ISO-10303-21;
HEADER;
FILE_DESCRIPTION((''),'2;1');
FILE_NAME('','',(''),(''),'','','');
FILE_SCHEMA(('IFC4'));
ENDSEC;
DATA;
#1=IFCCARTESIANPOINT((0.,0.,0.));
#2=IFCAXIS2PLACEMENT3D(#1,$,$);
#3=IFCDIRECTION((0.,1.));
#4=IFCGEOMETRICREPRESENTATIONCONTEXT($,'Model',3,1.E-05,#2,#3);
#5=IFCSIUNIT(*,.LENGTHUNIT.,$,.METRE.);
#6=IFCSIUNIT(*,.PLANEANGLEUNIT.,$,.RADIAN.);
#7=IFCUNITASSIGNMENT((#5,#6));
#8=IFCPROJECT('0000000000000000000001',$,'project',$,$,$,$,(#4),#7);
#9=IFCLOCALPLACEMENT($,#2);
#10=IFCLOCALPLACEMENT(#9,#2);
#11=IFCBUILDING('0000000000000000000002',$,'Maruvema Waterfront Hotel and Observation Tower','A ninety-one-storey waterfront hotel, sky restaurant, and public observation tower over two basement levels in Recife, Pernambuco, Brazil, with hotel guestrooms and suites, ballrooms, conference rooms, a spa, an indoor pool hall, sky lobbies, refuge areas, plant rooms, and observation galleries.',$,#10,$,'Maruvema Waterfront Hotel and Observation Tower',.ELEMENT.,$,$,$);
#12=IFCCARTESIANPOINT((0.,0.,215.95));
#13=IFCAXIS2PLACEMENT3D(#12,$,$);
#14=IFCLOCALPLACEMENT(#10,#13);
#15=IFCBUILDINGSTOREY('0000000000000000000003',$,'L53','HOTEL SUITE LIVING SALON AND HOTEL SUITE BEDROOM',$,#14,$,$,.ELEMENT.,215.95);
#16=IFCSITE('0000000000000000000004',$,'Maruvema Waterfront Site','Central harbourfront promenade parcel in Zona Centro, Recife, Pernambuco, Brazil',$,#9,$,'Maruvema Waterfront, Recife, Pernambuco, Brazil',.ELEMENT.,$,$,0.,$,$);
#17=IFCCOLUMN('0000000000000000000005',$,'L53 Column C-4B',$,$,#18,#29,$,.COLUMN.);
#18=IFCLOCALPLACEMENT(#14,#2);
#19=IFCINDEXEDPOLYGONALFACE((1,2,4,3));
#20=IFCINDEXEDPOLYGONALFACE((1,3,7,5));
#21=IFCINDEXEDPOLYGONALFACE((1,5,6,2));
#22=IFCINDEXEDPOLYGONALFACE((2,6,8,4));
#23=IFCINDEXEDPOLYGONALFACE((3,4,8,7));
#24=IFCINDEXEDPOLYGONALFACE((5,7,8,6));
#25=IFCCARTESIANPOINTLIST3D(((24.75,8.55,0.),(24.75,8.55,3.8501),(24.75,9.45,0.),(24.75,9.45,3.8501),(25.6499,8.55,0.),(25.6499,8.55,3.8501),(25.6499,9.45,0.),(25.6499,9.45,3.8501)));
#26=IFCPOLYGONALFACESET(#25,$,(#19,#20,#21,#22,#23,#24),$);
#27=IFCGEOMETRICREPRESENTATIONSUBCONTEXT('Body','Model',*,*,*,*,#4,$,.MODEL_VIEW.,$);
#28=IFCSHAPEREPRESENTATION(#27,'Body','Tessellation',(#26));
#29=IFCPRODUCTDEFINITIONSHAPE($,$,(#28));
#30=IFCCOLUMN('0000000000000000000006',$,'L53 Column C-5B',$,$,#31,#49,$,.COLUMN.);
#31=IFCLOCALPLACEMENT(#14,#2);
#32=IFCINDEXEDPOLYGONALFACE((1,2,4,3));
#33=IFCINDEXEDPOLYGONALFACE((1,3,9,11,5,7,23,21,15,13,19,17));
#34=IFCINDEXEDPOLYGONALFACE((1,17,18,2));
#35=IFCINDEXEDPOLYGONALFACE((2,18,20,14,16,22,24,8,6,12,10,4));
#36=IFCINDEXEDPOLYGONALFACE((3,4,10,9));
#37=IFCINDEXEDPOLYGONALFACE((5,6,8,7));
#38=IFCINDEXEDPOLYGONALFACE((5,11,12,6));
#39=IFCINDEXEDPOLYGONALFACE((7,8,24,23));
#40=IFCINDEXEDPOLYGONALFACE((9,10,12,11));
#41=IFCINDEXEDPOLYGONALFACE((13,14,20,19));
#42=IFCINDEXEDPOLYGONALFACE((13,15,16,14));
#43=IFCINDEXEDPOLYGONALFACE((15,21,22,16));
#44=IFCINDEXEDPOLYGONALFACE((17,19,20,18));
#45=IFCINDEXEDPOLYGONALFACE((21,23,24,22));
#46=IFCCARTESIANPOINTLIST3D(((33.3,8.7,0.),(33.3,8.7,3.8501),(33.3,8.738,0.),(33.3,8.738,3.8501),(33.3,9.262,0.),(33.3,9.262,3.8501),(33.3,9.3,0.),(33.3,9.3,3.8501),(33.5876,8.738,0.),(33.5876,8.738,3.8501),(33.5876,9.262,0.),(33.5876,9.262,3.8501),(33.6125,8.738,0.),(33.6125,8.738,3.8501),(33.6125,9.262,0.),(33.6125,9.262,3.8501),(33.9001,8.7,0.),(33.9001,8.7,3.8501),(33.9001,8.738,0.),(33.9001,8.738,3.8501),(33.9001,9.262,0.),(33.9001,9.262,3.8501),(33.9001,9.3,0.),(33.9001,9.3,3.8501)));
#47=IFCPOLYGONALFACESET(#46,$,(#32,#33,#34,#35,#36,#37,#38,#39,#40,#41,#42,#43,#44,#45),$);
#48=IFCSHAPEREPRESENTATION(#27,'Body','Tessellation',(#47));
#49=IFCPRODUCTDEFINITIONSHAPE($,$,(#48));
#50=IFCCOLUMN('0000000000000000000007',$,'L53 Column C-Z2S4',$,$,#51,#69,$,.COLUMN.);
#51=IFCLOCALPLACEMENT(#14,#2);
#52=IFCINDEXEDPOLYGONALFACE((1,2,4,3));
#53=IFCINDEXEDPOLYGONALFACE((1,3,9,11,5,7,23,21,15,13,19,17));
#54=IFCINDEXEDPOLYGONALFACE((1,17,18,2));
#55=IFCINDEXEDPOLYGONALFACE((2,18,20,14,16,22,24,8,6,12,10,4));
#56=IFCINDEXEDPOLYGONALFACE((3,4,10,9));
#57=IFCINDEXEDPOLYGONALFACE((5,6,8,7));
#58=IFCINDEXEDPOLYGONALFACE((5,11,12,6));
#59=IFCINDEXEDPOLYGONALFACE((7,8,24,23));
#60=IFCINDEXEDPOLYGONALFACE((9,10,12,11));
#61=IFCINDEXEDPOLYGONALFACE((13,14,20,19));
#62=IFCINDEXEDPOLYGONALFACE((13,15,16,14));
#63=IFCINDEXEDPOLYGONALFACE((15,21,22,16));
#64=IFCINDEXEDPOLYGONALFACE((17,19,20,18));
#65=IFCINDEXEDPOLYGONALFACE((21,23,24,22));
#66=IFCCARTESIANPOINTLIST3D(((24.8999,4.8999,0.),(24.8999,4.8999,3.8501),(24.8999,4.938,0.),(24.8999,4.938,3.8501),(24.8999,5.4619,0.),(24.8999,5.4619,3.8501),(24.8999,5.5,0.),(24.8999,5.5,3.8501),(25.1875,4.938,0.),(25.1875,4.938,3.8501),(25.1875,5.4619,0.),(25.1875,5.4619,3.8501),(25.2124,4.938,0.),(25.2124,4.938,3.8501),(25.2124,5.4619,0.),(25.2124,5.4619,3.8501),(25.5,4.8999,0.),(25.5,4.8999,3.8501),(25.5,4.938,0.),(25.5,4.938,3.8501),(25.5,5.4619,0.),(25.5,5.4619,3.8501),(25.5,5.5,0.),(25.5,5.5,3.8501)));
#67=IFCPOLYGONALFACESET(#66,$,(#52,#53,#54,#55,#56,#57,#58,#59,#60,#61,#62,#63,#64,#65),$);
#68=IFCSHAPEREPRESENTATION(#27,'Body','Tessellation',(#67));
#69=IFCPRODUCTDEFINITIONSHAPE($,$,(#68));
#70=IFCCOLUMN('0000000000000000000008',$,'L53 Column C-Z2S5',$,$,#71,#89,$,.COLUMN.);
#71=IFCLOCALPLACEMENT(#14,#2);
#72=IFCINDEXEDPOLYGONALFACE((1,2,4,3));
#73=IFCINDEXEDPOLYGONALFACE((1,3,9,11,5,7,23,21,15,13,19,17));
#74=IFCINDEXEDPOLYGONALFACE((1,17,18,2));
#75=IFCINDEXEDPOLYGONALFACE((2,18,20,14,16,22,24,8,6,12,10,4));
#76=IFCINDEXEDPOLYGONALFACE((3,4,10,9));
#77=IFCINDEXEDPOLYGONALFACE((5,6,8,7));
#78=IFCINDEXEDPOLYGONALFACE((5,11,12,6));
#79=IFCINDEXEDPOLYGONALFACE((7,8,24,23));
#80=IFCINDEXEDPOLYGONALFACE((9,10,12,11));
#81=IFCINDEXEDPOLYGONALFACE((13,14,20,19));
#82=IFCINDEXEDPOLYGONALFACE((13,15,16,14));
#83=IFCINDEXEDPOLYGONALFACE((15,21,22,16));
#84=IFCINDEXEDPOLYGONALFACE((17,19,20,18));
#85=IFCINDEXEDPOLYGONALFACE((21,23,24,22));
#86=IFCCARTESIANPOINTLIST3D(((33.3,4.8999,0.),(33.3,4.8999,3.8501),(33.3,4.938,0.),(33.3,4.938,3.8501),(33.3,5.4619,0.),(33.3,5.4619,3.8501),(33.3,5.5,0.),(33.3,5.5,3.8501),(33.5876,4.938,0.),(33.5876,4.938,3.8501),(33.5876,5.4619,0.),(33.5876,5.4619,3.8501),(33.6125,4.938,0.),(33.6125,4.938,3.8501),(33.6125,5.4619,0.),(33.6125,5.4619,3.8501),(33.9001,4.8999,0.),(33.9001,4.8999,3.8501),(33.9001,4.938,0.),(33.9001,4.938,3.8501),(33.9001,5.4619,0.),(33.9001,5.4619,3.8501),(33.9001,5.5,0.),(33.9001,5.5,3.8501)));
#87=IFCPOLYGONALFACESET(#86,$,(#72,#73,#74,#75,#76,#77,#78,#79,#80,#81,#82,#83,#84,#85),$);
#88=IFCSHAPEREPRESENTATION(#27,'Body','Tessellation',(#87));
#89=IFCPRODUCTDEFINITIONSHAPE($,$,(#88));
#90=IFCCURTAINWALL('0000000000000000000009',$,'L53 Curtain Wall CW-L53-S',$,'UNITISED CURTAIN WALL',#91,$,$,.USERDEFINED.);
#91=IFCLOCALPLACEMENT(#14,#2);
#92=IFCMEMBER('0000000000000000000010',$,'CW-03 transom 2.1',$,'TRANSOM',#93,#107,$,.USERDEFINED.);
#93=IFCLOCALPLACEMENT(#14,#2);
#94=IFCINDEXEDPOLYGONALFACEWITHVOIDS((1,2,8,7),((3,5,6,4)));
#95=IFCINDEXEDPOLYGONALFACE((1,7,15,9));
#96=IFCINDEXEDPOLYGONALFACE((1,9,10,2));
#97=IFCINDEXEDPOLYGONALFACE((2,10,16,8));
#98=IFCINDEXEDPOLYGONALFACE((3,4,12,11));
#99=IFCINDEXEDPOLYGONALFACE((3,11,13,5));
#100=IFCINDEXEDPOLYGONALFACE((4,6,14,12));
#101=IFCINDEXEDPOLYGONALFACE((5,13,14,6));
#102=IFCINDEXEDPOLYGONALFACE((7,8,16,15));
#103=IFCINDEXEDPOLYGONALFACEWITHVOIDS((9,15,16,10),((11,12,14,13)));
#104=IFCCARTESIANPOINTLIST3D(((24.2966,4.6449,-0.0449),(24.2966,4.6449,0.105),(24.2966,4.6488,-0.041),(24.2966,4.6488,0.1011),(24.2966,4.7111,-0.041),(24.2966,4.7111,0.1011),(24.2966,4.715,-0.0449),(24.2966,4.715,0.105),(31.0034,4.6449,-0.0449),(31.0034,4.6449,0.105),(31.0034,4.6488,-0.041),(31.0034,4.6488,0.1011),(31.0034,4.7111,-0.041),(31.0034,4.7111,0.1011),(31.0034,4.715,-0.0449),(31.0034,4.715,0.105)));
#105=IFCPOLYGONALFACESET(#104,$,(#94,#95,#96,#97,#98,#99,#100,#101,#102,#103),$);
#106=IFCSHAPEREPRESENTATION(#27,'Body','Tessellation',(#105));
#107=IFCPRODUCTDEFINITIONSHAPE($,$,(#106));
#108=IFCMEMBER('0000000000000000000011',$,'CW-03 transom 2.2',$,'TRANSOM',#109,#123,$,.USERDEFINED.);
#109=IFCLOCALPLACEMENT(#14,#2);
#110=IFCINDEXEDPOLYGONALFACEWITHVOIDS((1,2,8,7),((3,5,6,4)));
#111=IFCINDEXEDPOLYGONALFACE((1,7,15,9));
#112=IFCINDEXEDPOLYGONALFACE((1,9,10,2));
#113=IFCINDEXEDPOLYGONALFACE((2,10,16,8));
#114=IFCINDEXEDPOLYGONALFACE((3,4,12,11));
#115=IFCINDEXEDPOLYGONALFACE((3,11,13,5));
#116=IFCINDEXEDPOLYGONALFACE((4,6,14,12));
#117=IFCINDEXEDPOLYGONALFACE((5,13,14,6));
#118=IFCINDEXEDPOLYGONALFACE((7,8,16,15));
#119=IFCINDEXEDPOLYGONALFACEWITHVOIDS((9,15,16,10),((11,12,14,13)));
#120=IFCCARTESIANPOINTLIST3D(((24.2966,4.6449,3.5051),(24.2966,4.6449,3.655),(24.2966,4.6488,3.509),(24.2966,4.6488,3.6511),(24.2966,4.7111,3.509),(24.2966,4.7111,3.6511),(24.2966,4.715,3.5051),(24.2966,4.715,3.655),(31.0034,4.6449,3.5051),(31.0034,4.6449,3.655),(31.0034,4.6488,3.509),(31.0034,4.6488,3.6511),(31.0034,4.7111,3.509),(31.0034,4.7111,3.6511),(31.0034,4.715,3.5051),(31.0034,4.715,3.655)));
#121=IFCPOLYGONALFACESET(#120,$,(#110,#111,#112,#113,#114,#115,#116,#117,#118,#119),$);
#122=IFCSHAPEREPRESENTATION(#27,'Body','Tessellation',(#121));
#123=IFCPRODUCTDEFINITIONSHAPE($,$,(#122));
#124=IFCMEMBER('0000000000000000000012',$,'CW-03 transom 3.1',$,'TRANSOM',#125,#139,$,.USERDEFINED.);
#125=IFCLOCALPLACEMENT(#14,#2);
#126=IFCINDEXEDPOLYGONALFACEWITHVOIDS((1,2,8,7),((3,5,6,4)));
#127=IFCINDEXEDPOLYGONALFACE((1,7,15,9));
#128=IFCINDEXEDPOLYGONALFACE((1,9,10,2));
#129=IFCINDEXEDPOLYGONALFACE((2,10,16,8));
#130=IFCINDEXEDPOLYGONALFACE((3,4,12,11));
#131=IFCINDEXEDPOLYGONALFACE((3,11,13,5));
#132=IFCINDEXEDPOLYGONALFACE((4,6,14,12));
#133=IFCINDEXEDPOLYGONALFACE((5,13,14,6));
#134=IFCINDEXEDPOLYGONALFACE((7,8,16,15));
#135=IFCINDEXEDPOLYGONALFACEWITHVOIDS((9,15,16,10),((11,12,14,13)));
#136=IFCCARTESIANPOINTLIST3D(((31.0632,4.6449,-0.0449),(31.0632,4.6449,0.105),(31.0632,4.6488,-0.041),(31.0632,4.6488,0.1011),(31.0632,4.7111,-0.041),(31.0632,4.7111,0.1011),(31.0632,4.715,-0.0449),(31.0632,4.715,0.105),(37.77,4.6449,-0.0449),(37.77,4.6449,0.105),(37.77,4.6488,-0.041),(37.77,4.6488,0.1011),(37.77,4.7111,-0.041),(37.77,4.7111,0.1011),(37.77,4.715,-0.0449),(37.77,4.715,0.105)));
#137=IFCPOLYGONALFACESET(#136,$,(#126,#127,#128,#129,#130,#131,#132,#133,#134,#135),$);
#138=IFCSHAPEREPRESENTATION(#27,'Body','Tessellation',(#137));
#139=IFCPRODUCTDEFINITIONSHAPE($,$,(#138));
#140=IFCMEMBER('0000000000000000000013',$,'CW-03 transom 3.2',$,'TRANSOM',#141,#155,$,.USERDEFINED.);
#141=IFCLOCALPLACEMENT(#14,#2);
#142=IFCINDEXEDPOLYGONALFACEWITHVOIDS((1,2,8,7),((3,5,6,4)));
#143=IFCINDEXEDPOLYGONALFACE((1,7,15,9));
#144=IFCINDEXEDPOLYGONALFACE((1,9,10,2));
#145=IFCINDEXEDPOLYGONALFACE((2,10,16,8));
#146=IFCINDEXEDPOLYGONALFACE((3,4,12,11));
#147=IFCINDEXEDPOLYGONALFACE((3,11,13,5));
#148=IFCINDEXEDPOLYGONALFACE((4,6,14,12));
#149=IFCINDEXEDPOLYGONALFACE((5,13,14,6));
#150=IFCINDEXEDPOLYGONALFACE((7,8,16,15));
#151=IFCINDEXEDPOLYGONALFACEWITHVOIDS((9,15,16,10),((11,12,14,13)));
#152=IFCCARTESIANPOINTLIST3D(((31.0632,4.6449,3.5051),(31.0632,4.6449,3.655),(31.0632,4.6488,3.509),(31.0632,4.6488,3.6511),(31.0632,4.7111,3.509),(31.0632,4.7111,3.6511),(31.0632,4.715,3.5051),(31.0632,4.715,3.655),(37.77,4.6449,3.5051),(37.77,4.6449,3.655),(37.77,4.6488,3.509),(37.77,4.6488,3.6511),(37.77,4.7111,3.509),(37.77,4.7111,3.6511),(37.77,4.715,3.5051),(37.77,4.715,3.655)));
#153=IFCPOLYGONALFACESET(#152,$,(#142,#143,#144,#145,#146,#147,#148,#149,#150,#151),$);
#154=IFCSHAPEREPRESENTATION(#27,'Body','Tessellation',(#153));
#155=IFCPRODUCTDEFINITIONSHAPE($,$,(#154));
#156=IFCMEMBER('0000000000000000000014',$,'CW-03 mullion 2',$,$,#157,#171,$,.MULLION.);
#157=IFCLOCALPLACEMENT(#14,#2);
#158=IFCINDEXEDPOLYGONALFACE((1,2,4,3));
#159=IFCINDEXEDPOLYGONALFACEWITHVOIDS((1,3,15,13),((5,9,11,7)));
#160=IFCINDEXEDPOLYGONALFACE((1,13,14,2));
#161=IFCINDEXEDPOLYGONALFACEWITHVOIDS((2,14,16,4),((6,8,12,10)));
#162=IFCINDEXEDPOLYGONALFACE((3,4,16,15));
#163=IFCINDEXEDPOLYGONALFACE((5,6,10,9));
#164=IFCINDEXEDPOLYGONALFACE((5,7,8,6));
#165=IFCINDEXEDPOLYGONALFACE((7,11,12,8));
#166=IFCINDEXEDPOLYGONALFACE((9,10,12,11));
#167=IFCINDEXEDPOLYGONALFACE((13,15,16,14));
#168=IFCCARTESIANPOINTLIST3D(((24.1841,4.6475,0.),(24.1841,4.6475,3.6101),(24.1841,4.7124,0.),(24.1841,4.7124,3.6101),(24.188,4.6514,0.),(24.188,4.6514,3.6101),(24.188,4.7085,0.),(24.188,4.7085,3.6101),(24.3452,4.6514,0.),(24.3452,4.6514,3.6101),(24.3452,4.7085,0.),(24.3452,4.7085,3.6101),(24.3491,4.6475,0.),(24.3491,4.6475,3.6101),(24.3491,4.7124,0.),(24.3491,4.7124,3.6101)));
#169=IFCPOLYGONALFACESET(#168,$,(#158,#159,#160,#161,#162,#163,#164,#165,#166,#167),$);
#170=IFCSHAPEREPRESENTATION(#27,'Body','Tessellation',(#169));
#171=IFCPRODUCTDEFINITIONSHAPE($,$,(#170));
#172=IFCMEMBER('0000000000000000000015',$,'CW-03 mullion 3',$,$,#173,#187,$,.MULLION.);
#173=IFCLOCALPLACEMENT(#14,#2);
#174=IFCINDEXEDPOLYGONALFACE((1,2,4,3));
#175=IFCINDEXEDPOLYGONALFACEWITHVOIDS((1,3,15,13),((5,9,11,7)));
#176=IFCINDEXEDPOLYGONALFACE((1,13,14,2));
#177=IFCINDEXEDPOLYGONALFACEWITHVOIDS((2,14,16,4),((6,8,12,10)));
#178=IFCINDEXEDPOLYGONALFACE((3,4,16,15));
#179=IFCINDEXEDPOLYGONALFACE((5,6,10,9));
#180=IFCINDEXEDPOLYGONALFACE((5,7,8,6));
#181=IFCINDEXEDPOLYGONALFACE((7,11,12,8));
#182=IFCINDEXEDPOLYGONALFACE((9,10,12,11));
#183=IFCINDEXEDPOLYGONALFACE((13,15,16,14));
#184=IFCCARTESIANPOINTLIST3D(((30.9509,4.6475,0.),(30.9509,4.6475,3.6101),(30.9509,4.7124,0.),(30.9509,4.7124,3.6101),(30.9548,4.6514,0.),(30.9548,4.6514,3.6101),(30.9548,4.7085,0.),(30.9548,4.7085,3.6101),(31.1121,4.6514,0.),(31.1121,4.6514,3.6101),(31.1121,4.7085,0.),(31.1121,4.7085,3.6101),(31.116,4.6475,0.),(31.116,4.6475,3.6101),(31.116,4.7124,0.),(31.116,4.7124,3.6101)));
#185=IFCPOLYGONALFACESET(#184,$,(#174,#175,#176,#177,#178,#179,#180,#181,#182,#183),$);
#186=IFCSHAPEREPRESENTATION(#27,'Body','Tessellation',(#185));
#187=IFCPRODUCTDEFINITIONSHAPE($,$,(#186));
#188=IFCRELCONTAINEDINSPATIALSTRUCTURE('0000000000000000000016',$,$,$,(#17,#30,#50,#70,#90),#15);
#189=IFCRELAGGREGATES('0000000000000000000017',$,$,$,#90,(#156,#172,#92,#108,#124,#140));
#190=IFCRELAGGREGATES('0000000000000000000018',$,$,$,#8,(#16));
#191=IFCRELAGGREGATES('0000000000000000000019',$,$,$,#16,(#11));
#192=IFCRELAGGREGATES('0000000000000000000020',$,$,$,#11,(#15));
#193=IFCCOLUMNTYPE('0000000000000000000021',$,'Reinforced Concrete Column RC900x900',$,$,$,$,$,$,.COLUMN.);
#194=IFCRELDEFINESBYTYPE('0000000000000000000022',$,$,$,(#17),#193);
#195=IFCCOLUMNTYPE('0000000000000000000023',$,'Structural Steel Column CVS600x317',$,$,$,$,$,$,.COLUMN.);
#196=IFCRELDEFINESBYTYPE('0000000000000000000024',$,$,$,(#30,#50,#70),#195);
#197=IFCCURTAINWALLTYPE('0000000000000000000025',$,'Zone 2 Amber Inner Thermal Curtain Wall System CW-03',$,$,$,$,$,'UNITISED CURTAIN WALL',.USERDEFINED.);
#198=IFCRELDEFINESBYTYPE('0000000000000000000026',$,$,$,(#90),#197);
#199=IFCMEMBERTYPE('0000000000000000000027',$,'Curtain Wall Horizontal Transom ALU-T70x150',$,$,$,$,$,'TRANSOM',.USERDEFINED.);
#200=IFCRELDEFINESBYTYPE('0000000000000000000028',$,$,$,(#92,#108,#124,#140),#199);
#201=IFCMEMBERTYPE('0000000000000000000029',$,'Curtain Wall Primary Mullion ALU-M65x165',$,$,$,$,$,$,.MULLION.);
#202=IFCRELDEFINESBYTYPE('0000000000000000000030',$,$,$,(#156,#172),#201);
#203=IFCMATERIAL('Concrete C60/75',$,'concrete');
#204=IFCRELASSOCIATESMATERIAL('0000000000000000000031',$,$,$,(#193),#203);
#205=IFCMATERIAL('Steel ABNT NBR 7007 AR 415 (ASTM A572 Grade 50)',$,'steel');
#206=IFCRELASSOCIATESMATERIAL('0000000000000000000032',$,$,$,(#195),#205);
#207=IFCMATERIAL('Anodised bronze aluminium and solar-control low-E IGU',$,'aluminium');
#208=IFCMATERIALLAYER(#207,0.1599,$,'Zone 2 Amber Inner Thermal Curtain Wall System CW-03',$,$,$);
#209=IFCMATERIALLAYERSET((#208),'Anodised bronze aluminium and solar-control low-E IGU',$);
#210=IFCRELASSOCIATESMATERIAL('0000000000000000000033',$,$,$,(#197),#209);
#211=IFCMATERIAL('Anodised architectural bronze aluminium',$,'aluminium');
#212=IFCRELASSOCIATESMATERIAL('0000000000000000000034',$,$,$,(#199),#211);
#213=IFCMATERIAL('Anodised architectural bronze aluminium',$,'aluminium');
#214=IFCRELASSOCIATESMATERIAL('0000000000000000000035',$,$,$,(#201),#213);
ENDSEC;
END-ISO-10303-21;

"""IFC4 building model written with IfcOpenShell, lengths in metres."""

from ifc_helpers import new_model, si_unit, direction, frame, origin, origin_2d, place, context, subcontext, project, spatial, rectangle, hollow_rectangle, i_section, extrude, material, layer, layer_set, material_profile, profile_set, type_object, element, aggregate, save


model = new_model("IFC4")

# Units and contexts
model_context = context("Model", 3, precision=1e-05, world=origin(), true_north=direction((0.0, 1.0)))
body_context = subcontext(model_context, "Body", "Model", "MODEL_VIEW")
ifc_project = project(units=[si_unit("LENGTHUNIT", "METRE"), si_unit("PLANEANGLEUNIT", "RADIAN")], contexts=[model_context])

# Site, building, storey
site_placement = place(None, origin())
site = spatial("IfcSite", under=ifc_project, at=site_placement, Name="Maruvema Waterfront Site", Description="Central harbourfront promenade parcel in Zona Centro, Recife, Pernambuco, Brazil", LongName="Maruvema Waterfront, Recife, Pernambuco, Brazil", CompositionType="ELEMENT", RefElevation=0.0)
building_placement = place(site_placement, origin())
building = spatial("IfcBuilding", under=site, at=building_placement, Name="Maruvema Waterfront Hotel and Observation Tower", Description="A ninety-one-storey waterfront hotel, sky restaurant, and public observation tower over two basement levels in Recife, Pernambuco, Brazil, with hotel guestrooms and suites, ballrooms, conference rooms, a spa, an indoor pool hall, sky lobbies, refuge areas, plant rooms, and observation galleries.", LongName="Maruvema Waterfront Hotel and Observation Tower", CompositionType="ELEMENT")
storey_placement = place(building_placement, frame((0.0, 0.0, 215.95)))
storey = spatial("IfcBuildingStorey", under=building, at=storey_placement, Name="L53", Description="HOTEL SUITE LIVING SALON AND HOTEL SUITE BEDROOM", CompositionType="ELEMENT", Elevation=215.95)

# Columns
ifc_material_1 = material(Name="Concrete C60/75", Category="concrete")
ifc_material_profile_1 = material_profile(ifc_material_1, rectangle(XDim=0.8999, YDim=0.8999, at=origin_2d()), Name="RC900x900")
ifc_profile_set_1 = profile_set([ifc_material_profile_1], Name="Concrete C60/75")
column_type_1 = type_object("IfcColumnType", Name="Reinforced Concrete Column RC900x900", PredefinedType="COLUMN", material=ifc_profile_set_1)
column_placement = place(storey_placement, frame((25.2, 9.0, 0.0), z_axis=(0.0, 0.0, 1.0), x_axis=(1.0, 0.0, 0.0)))
element("IfcColumn", 1, at=column_placement, inside=storey, type_object=column_type_1, Name="L53 Column C-4B", PredefinedType="COLUMN", context=body_context, shape_type="SweptSolid", body=[
    extrude(rectangle(XDim=0.8999, YDim=0.8999, at=origin_2d()), origin(), (0.0, 0.0, 1.0), 3.8501),
])
ifc_material_2 = material(Name="Steel ABNT NBR 7007 AR 415 (ASTM A572 Grade 50)", Category="steel")
ifc_material_profile_2 = material_profile(ifc_material_2, i_section(OverallWidth=0.6001, OverallDepth=0.6001, WebThickness=0.0249, FlangeThickness=0.0381, at=origin_2d()), Name="CVS600x317")
ifc_profile_set_2 = profile_set([ifc_material_profile_2], Name="Steel ABNT NBR 7007 AR 415 (ASTM A572 Grade 50)")
column_type_2 = type_object("IfcColumnType", Name="Structural Steel Column CVS600x317", PredefinedType="COLUMN", material=ifc_profile_set_2)
for number, where, z_axis, x_axis, name in (
    (2, (33.6001, 9.0, 0.0), (0.0, 0.0, 1.0), (1.0, 0.0, 0.0), "L53 Column C-5B"),
    (3, (25.2, 5.2, 0.0), (0.0, 0.0, 1.0), (1.0, 0.0, 0.0), "L53 Column C-Z2S4"),
    (4, (33.6001, 5.2, 0.0), (0.0, 0.0, 1.0), (1.0, 0.0, 0.0), "L53 Column C-Z2S5"),
):
    element("IfcColumn", number, at=place(storey_placement, frame(where, z_axis=z_axis, x_axis=x_axis)), inside=storey, type_object=column_type_2, Name=name, PredefinedType="COLUMN", context=body_context, shape_type="SweptSolid", body=[
        extrude(i_section(OverallWidth=0.6001, OverallDepth=0.6001, WebThickness=0.0249, FlangeThickness=0.0381, at=origin_2d()), origin(), (0.0, 0.0, 1.0), 3.8501),
    ])

# Curtain wall, members
ifc_material_3 = material(Name="Anodised bronze aluminium and solar-control low-E IGU", Category="aluminium")
ifc_layer_1 = layer(ifc_material_3, 0.1599, Name="Zone 2 Amber Inner Thermal Curtain Wall System CW-03")
ifc_layer_set_1 = layer_set([ifc_layer_1], Name="Anodised bronze aluminium and solar-control low-E IGU")
curtain_wall_type = type_object("IfcCurtainWallType", Name="Zone 2 Amber Inner Thermal Curtain Wall System CW-03", ElementType="UNITISED CURTAIN WALL", PredefinedType="USERDEFINED", material=ifc_layer_set_1)
curtain_wall_placement = place(storey_placement, origin())
curtain_wall = element("IfcCurtainWall", 5, at=curtain_wall_placement, inside=storey, type_object=curtain_wall_type, Name="L53 Curtain Wall CW-L53-S", ObjectType="UNITISED CURTAIN WALL", PredefinedType="USERDEFINED")
ifc_material_4 = material(Name="Anodised architectural bronze aluminium", Category="aluminium")
ifc_material_profile_3 = material_profile(ifc_material_4, hollow_rectangle(XDim=0.0701, YDim=0.1499, WallThickness=0.0039, at=origin_2d()), Name="ALU-T70x150")
ifc_profile_set_3 = profile_set([ifc_material_profile_3], Name="Anodised architectural bronze aluminium")
member_type_1 = type_object("IfcMemberType", Name="Curtain Wall Horizontal Transom ALU-T70x150", ElementType="TRANSOM", PredefinedType="USERDEFINED", material=ifc_profile_set_3)
member_1_placement = place(storey_placement, frame((24.2966, 4.6799, 0.03), z_axis=(1.0, 0.0, 0.0), x_axis=(0.0, 1.0, 0.0)))
member_1 = element("IfcMember", 6, at=member_1_placement, type_object=member_type_1, Name="CW-03 transom 2.1", ObjectType="TRANSOM", PredefinedType="USERDEFINED", context=body_context, shape_type="SweptSolid", body=[
    extrude(hollow_rectangle(XDim=0.0701, YDim=0.1499, WallThickness=0.0039, at=origin_2d()), origin(), (0.0, 0.0, 1.0), 6.7068),
])
member_2_placement = place(storey_placement, frame((24.2966, 4.6799, 3.5801), z_axis=(1.0, 0.0, 0.0), x_axis=(0.0, 1.0, 0.0)))
member_2 = element("IfcMember", 7, at=member_2_placement, type_object=member_type_1, Name="CW-03 transom 2.2", ObjectType="TRANSOM", PredefinedType="USERDEFINED", context=body_context, shape_type="SweptSolid", body=[
    extrude(hollow_rectangle(XDim=0.0701, YDim=0.1499, WallThickness=0.0039, at=origin_2d()), origin(), (0.0, 0.0, 1.0), 6.7068),
])
member_3_placement = place(storey_placement, frame((31.0632, 4.6799, 0.03), z_axis=(1.0, 0.0, 0.0), x_axis=(0.0, 1.0, 0.0)))
member_3 = element("IfcMember", 8, at=member_3_placement, type_object=member_type_1, Name="CW-03 transom 3.1", ObjectType="TRANSOM", PredefinedType="USERDEFINED", context=body_context, shape_type="SweptSolid", body=[
    extrude(hollow_rectangle(XDim=0.0701, YDim=0.1499, WallThickness=0.0039, at=origin_2d()), origin(), (0.0, 0.0, 1.0), 6.7068),
])
member_4_placement = place(storey_placement, frame((31.0632, 4.6799, 3.5801), z_axis=(1.0, 0.0, 0.0), x_axis=(0.0, 1.0, 0.0)))
member_4 = element("IfcMember", 9, at=member_4_placement, type_object=member_type_1, Name="CW-03 transom 3.2", ObjectType="TRANSOM", PredefinedType="USERDEFINED", context=body_context, shape_type="SweptSolid", body=[
    extrude(hollow_rectangle(XDim=0.0701, YDim=0.1499, WallThickness=0.0039, at=origin_2d()), origin(), (0.0, 0.0, 1.0), 6.7068),
])
ifc_material_5 = material(Name="Anodised architectural bronze aluminium", Category="aluminium")
ifc_material_profile_4 = material_profile(ifc_material_5, hollow_rectangle(XDim=0.0649, YDim=0.165, WallThickness=0.0039, at=origin_2d()), Name="ALU-M65x165")
ifc_profile_set_4 = profile_set([ifc_material_profile_4], Name="Anodised architectural bronze aluminium")
member_type_2 = type_object("IfcMemberType", Name="Curtain Wall Primary Mullion ALU-M65x165", PredefinedType="MULLION", material=ifc_profile_set_4)
member_5_placement = place(storey_placement, frame((24.2666, 4.6799, 0.0), z_axis=(0.0, 0.0, 1.0), x_axis=(0.0, 1.0, 0.0)))
member_5 = element("IfcMember", 10, at=member_5_placement, type_object=member_type_2, Name="CW-03 mullion 2", PredefinedType="MULLION", context=body_context, shape_type="SweptSolid", body=[
    extrude(hollow_rectangle(XDim=0.0649, YDim=0.165, WallThickness=0.0039, at=origin_2d()), origin(), (0.0, 0.0, 1.0), 3.6101),
])
member_6_placement = place(storey_placement, frame((31.0334, 4.6799, 0.0), z_axis=(0.0, 0.0, 1.0), x_axis=(0.0, 1.0, 0.0)))
member_6 = element("IfcMember", 11, at=member_6_placement, type_object=member_type_2, Name="CW-03 mullion 3", PredefinedType="MULLION", context=body_context, shape_type="SweptSolid", body=[
    extrude(hollow_rectangle(XDim=0.0649, YDim=0.165, WallThickness=0.0039, at=origin_2d()), origin(), (0.0, 0.0, 1.0), 3.6101),
])

aggregate(curtain_wall, [member_5, member_6, member_1, member_2, member_3, member_4])

save(model, "model.ifc")
